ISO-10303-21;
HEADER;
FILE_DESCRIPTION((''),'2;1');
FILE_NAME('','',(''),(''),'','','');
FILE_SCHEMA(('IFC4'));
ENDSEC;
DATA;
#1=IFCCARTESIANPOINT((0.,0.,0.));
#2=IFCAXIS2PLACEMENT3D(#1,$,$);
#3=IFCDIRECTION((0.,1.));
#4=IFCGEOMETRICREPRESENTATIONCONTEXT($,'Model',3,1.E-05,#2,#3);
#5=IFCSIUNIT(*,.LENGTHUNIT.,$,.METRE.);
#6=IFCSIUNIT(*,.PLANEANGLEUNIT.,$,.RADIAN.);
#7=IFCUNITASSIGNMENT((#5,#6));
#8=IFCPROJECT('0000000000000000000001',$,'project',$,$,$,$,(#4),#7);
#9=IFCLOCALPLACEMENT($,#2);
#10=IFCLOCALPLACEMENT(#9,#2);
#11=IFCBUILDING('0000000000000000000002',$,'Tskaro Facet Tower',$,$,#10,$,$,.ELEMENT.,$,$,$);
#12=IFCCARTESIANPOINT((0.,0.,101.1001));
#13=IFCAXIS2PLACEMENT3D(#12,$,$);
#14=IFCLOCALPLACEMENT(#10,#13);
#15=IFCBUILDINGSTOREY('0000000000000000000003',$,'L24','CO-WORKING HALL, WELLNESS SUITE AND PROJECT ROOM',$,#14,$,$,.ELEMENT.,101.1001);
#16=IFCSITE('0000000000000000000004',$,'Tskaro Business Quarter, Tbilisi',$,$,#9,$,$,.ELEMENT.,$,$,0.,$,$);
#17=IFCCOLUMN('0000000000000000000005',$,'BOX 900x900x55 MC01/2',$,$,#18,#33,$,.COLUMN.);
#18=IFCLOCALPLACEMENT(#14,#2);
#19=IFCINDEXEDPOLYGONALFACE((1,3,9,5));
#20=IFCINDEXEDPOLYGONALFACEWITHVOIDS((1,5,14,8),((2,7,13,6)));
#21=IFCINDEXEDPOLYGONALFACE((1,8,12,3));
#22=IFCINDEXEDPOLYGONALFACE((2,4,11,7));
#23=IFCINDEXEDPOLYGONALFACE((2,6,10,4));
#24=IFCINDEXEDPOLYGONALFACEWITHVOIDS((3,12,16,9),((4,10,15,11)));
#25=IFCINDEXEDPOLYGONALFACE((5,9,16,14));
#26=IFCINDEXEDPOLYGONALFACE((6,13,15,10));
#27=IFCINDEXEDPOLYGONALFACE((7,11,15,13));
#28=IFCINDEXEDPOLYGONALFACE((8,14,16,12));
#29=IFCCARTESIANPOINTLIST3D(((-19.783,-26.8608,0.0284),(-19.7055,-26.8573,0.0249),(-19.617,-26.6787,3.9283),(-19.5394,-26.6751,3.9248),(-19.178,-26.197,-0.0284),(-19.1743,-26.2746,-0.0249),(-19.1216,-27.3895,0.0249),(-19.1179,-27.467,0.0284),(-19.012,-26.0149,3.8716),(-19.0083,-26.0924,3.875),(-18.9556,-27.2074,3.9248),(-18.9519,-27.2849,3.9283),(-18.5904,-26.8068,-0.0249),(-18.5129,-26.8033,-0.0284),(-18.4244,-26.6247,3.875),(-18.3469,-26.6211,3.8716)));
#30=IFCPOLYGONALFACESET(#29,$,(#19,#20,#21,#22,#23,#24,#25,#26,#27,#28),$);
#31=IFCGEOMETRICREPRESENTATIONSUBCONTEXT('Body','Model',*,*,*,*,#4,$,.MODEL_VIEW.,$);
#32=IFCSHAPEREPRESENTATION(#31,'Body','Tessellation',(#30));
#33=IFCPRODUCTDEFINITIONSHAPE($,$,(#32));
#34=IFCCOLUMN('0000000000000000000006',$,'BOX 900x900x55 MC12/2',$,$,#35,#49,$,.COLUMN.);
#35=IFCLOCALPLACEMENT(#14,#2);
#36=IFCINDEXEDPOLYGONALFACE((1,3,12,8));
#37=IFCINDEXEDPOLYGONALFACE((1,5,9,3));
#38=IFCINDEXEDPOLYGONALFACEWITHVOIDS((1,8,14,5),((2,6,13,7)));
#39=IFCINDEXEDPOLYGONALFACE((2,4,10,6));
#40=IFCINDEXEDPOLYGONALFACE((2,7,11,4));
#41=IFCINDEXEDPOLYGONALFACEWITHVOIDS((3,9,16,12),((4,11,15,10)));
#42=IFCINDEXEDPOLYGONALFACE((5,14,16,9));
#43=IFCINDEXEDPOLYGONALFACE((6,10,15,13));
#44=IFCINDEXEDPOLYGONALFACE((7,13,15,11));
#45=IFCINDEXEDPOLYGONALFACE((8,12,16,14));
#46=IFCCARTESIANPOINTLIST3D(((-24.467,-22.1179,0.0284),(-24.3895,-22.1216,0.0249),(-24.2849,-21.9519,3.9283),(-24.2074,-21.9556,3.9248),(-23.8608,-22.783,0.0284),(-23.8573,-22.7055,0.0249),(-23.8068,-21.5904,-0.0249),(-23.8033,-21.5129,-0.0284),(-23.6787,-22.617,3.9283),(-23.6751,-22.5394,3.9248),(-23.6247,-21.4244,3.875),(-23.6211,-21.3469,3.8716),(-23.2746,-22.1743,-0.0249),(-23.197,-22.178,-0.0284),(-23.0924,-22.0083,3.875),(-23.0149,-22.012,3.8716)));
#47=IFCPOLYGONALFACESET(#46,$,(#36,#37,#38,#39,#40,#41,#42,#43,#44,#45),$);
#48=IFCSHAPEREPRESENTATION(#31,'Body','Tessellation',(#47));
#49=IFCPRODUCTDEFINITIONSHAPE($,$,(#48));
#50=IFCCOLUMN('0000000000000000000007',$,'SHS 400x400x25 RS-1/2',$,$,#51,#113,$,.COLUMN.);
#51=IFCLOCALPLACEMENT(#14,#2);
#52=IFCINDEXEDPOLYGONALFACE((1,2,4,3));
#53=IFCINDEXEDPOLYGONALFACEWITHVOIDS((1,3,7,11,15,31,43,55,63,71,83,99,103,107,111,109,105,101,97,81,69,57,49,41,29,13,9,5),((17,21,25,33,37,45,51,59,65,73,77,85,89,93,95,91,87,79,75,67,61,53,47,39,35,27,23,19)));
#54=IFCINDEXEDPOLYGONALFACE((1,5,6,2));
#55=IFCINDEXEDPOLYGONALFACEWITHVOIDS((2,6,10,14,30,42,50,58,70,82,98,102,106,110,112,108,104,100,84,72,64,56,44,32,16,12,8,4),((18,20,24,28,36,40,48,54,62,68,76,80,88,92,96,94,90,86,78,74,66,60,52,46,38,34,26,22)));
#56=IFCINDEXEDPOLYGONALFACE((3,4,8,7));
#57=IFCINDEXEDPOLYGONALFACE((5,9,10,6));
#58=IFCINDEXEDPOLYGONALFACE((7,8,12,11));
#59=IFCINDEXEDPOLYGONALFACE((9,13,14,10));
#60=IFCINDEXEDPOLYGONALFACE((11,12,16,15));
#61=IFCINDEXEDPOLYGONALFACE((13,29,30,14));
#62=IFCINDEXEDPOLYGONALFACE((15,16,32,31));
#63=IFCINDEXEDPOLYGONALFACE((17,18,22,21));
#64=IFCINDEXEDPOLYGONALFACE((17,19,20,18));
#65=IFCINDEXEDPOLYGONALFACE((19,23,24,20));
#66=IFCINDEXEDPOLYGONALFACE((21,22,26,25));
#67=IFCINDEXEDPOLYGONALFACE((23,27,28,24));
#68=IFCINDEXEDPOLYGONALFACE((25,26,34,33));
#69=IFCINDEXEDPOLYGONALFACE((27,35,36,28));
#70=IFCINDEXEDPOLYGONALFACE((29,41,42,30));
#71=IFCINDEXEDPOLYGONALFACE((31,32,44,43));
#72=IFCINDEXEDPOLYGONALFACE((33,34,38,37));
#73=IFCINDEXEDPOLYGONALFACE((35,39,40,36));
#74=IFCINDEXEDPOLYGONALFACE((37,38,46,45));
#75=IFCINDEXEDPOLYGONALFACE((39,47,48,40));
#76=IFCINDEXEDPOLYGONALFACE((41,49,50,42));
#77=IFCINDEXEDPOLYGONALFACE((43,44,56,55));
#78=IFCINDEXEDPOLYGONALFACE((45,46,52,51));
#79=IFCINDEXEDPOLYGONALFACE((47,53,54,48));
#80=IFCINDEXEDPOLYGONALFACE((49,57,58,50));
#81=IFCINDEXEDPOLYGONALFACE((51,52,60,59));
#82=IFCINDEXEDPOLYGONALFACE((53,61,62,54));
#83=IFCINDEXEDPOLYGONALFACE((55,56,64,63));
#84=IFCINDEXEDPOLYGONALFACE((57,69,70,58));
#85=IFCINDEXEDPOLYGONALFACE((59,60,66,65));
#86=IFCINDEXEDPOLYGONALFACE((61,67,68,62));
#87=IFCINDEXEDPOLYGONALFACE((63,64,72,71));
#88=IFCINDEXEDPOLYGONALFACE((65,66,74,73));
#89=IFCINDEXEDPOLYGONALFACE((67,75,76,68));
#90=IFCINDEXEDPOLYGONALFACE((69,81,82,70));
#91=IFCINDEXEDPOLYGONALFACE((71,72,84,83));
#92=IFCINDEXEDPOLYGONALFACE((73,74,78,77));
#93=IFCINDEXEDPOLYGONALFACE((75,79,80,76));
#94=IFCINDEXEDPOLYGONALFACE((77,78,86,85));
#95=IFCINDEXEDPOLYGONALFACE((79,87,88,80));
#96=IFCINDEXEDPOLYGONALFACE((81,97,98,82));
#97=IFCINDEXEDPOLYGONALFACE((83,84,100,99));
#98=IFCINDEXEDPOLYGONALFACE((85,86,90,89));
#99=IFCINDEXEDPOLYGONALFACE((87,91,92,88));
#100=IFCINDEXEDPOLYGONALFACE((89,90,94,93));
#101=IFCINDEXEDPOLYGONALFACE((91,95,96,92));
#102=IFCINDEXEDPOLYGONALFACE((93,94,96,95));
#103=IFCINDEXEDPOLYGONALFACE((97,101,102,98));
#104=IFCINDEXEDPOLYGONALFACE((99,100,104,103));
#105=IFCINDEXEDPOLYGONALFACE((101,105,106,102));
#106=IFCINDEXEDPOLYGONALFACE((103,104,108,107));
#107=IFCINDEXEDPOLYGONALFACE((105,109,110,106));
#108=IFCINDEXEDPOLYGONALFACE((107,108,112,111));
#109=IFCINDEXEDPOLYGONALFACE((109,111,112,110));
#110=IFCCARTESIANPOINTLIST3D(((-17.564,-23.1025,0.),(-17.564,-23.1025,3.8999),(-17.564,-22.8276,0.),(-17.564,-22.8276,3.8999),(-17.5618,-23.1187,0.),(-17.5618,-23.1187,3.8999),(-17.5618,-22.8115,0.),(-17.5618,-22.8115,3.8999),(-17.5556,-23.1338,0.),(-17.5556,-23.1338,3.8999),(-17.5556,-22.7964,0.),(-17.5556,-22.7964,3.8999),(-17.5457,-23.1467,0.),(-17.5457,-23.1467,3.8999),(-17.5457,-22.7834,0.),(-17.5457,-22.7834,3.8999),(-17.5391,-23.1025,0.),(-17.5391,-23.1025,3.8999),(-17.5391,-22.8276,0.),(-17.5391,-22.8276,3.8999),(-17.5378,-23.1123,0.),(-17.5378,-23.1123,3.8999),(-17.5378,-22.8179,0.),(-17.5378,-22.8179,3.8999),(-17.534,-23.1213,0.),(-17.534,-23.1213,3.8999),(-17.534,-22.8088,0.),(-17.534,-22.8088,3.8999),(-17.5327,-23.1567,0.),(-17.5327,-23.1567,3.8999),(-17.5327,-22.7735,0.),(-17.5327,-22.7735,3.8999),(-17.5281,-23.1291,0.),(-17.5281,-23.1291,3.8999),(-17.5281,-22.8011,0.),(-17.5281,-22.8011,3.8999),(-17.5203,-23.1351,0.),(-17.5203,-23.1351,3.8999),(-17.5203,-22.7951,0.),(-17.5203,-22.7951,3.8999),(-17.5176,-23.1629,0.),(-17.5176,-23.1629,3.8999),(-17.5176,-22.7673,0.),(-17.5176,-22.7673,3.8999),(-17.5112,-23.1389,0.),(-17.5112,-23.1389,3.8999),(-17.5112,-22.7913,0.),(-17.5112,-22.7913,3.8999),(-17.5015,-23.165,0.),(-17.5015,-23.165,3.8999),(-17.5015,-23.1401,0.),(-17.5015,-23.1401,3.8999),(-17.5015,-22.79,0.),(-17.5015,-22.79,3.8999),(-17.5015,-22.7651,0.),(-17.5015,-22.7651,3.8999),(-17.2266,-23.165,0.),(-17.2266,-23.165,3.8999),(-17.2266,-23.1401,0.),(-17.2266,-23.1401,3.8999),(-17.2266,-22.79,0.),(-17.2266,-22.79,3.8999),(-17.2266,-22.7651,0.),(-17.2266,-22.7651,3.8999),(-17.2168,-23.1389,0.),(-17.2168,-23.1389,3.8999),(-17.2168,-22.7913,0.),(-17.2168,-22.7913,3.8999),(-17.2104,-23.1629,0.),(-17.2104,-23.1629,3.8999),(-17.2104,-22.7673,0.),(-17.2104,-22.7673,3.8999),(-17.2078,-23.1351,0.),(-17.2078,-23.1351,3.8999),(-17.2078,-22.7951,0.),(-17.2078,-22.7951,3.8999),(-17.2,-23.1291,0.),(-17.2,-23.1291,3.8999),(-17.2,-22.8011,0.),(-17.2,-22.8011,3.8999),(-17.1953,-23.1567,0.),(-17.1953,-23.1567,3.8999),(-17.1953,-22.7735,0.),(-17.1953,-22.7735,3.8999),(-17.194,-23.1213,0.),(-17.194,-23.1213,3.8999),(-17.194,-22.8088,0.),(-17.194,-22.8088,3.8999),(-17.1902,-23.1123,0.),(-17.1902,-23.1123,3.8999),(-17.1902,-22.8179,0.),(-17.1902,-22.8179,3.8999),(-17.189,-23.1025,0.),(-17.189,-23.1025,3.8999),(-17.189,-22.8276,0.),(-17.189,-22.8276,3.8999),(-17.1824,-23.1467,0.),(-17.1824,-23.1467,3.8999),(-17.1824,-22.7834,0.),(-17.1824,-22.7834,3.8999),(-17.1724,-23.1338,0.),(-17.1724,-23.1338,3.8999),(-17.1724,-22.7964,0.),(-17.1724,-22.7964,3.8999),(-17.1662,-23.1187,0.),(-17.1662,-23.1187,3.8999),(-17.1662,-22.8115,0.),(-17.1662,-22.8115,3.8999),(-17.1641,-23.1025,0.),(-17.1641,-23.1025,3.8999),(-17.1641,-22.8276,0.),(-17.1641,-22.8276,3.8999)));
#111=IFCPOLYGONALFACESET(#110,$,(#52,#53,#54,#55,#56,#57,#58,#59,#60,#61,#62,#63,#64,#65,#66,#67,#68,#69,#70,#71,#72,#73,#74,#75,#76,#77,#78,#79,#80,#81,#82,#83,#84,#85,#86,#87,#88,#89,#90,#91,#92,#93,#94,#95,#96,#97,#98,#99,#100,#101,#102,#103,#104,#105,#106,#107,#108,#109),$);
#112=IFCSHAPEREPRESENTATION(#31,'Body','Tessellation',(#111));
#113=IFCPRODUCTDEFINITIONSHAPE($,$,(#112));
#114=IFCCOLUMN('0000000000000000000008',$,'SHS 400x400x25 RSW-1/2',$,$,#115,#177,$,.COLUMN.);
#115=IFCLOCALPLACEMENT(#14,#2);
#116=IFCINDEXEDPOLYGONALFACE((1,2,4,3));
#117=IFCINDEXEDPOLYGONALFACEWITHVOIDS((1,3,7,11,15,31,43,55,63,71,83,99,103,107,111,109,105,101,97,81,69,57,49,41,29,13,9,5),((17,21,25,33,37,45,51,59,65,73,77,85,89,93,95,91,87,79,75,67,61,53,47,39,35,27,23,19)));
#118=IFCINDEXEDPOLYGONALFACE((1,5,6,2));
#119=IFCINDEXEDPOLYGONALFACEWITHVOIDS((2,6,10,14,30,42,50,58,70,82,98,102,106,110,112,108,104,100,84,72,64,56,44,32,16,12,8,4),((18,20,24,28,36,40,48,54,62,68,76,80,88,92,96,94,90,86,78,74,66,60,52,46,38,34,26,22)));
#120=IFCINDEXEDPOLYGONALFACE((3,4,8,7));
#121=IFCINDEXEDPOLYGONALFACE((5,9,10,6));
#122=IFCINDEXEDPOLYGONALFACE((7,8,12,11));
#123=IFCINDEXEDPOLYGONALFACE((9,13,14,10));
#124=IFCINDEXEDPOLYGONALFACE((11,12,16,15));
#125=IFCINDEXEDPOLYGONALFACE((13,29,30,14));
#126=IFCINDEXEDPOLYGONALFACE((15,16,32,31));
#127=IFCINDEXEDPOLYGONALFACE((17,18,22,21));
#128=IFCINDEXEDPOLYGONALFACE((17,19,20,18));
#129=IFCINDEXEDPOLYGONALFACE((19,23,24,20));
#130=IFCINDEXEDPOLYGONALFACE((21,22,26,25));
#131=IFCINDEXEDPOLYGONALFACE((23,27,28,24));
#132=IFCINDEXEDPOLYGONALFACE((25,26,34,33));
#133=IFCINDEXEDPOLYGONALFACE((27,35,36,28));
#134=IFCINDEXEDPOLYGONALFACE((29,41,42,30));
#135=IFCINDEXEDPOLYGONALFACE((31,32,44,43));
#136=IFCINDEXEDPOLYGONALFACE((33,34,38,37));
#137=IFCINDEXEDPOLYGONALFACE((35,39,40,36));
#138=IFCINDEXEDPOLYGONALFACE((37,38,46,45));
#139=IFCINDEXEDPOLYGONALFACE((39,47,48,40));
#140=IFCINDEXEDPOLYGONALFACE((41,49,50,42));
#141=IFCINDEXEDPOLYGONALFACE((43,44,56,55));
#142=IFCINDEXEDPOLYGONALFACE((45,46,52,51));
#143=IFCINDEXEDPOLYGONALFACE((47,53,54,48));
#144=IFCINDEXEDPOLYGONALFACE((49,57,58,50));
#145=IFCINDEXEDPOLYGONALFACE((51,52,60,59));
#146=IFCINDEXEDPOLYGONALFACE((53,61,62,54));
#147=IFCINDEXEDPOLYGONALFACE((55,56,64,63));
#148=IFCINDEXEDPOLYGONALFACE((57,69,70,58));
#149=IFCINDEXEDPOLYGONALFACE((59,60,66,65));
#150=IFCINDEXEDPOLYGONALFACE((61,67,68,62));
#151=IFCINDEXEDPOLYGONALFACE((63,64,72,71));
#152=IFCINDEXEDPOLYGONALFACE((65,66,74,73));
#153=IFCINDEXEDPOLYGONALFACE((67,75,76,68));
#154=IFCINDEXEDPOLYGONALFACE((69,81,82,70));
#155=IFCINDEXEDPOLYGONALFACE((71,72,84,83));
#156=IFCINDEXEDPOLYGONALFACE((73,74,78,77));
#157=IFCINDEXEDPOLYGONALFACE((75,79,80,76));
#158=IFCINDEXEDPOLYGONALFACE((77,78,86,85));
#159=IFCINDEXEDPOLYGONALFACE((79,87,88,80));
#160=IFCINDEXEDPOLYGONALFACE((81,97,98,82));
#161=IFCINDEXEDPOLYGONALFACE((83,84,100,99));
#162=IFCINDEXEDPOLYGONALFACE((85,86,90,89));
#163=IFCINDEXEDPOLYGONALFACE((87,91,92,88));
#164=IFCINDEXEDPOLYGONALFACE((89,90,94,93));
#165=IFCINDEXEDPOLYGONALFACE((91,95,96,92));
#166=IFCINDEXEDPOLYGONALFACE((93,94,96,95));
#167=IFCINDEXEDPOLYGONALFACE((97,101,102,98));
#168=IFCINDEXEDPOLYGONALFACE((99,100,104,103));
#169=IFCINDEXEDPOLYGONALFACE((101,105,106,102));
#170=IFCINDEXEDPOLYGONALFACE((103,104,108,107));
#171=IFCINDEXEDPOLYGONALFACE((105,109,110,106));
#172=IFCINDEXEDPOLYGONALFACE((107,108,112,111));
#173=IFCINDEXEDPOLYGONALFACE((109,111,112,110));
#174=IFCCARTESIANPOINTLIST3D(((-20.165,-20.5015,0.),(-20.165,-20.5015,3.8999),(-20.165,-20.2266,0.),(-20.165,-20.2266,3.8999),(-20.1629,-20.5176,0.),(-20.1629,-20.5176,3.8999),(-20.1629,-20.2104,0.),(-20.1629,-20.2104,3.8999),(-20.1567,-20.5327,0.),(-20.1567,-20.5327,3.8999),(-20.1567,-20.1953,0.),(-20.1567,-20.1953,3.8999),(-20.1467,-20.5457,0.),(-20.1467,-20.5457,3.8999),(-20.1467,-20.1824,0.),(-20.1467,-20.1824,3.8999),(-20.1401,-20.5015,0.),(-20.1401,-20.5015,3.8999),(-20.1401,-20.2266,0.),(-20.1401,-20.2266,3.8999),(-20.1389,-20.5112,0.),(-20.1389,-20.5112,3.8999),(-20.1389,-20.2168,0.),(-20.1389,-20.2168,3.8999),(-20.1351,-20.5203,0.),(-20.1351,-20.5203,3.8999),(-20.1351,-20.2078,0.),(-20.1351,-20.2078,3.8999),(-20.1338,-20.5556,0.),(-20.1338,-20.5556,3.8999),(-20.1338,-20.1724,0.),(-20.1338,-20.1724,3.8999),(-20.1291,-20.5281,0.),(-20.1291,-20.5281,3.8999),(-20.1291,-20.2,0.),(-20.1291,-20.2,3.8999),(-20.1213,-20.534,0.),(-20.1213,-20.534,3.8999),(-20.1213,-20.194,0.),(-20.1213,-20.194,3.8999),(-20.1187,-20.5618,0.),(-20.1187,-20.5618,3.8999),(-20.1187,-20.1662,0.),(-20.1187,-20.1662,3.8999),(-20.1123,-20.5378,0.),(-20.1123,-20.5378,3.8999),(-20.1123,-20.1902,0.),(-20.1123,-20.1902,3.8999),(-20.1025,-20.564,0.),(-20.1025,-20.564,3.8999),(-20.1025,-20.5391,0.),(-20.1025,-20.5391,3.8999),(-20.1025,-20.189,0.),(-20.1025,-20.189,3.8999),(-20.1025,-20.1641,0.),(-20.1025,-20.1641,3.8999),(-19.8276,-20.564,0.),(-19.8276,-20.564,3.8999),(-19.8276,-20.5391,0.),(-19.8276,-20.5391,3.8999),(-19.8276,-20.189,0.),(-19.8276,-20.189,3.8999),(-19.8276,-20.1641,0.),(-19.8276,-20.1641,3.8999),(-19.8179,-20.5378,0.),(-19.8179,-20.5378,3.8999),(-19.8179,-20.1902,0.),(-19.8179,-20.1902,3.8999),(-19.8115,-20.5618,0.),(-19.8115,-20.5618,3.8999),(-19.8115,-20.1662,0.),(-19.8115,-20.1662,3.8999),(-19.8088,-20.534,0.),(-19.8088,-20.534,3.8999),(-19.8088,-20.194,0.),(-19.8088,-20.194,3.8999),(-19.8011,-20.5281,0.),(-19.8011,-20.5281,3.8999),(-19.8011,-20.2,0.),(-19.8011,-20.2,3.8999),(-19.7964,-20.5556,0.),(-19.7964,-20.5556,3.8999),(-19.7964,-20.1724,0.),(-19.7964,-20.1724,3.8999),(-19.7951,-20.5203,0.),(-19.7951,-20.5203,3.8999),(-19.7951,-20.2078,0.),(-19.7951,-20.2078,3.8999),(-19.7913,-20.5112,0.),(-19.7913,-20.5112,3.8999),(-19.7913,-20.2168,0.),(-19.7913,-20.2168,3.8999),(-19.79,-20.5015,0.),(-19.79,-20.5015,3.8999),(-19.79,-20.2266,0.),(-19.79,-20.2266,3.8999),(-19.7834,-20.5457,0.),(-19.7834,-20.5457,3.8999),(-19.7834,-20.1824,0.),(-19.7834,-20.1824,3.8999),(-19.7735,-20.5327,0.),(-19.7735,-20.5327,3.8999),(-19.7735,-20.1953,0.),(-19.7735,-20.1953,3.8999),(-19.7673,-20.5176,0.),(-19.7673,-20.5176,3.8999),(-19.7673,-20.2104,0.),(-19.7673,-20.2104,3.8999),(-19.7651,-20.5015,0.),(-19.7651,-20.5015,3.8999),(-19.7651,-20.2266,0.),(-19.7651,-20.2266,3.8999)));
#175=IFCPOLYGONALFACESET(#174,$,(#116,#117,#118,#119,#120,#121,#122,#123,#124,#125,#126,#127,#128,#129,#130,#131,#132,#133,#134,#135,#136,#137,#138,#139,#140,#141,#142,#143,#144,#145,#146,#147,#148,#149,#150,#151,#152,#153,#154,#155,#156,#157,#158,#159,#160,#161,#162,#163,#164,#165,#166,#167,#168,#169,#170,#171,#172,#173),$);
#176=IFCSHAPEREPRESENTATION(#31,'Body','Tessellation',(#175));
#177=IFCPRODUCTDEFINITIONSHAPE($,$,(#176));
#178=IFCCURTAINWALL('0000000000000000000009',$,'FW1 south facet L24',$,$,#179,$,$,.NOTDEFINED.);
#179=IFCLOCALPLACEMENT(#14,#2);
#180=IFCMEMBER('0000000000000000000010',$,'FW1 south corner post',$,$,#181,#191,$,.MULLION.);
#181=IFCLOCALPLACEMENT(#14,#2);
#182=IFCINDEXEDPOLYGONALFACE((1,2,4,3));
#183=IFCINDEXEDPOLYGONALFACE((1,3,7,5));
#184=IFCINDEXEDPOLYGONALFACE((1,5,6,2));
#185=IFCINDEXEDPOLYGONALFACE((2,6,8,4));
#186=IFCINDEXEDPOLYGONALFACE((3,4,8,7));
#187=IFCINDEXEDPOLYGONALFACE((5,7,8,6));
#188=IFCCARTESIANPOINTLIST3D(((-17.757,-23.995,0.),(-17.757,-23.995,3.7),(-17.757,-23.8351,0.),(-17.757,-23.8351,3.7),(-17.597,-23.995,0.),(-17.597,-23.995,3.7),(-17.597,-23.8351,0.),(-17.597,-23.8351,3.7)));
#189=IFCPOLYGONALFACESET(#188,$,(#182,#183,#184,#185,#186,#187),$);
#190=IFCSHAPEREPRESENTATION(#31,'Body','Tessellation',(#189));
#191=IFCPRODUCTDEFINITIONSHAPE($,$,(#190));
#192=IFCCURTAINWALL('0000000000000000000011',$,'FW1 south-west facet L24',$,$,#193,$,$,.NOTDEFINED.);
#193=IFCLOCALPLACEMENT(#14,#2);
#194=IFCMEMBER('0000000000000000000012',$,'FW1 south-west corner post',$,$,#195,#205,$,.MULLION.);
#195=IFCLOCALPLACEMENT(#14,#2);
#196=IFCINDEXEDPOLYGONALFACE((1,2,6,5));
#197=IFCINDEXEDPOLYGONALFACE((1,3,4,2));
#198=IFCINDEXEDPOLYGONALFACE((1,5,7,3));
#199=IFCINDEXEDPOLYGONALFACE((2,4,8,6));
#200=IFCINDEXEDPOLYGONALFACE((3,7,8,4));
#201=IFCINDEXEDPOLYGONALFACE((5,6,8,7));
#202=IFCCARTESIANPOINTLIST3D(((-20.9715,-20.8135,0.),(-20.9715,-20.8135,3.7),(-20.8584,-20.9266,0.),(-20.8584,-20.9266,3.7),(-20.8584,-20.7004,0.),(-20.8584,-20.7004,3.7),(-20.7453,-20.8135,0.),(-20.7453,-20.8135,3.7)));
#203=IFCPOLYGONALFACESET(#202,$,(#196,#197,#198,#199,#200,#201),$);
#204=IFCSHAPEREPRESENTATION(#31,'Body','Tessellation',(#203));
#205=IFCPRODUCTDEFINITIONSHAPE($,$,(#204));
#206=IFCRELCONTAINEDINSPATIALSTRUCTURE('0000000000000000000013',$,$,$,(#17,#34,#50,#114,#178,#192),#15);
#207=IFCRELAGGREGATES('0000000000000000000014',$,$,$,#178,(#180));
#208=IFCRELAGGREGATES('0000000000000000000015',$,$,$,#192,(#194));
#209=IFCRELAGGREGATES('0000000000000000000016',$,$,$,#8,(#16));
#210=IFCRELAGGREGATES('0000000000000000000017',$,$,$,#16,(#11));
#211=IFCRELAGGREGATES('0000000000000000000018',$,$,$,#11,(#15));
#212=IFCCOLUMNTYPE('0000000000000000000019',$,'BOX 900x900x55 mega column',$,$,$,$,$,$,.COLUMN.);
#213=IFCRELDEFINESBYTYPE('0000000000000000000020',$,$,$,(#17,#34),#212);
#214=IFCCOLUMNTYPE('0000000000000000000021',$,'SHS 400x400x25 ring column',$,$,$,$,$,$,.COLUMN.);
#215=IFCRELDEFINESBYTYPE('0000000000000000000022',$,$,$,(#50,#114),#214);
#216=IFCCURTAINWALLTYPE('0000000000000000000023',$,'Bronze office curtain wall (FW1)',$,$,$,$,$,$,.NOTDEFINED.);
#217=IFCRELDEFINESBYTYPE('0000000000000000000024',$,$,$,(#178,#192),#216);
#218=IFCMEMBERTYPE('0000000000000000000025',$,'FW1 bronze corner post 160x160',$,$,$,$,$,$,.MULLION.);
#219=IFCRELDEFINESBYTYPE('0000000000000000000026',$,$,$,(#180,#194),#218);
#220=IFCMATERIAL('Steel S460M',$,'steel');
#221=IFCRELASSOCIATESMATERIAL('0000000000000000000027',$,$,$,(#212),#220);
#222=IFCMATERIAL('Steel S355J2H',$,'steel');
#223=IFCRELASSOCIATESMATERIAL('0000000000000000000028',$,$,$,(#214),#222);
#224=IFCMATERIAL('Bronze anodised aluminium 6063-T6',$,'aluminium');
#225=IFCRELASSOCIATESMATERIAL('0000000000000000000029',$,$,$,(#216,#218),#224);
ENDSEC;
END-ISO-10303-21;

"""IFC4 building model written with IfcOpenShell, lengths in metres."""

from ifc_helpers import new_model, si_unit, direction, frame, origin, origin_2d, place, context, subcontext, project, spatial, rectangle, hollow_rectangle, extrude, material, material_profile, profile_set, type_object, element, aggregate, save


model = new_model("IFC4")

# Units and contexts
model_context = context("Model", 3, precision=1e-05, world=origin(), true_north=direction((0.0, 1.0)))
body_context = subcontext(model_context, "Body", "Model", "MODEL_VIEW")
ifc_project = project(units=[si_unit("LENGTHUNIT", "METRE"), si_unit("PLANEANGLEUNIT", "RADIAN")], contexts=[model_context])

# Site, building, storey
site_placement = place(None, origin())
site = spatial("IfcSite", under=ifc_project, at=site_placement, Name="Tskaro Business Quarter, Tbilisi", CompositionType="ELEMENT", RefElevation=0.0)
building_placement = place(site_placement, origin())
building = spatial("IfcBuilding", under=site, at=building_placement, Name="Tskaro Facet Tower", CompositionType="ELEMENT")
storey_placement = place(building_placement, frame((0.0, 0.0, 101.1001)))
storey = spatial("IfcBuildingStorey", under=building, at=storey_placement, Name="L24", Description="CO-WORKING HALL, WELLNESS SUITE AND PROJECT ROOM", CompositionType="ELEMENT", Elevation=101.1001)

# Columns
ifc_material_1 = material(Name="Steel S460M", Category="steel")
ifc_material_profile_1 = material_profile(ifc_material_1, hollow_rectangle(XDim=0.8999, YDim=0.8999, WallThickness=0.0549, at=origin_2d()), Name="BOX 900x900x55")
ifc_profile_set_1 = profile_set([ifc_material_profile_1], Name="Steel S460M")
column_type_1 = type_object("IfcColumnType", Name="BOX 900x900x55 mega column", PredefinedType="COLUMN", material=ifc_profile_set_1)
for number, where, z_axis, x_axis, name in (
    (1, (-19.1479, -26.832, 0.0), (0.042484, 0.046608, 0.998009), (-0.739043, 0.673658, 0.0), "BOX 900x900x55 MC01/2"),
    (2, (-23.832, -22.1479, 0.0), (0.046608, 0.042484, 0.998009), (-0.673658, 0.739043, 0.0), "BOX 900x900x55 MC12/2"),
):
    element("IfcColumn", number, at=place(storey_placement, frame(where, z_axis=z_axis, x_axis=x_axis)), inside=storey, type_object=column_type_1, Name=name, PredefinedType="COLUMN", context=body_context, shape_type="SweptSolid", body=[
        extrude(hollow_rectangle(XDim=0.8999, YDim=0.8999, WallThickness=0.0549, at=origin_2d()), origin(), (0.0, 0.0, 1.0), 3.9077),
    ])
ifc_material_2 = material(Name="Steel S355J2H", Category="steel")
ifc_material_profile_2 = material_profile(ifc_material_2, hollow_rectangle(XDim=0.3999, YDim=0.3999, WallThickness=0.0249, InnerFilletRadius=0.0376, OuterFilletRadius=0.0625, at=origin_2d()), Name="SHS 400x400x25")
ifc_profile_set_2 = profile_set([ifc_material_profile_2], Name="Steel S355J2H")
column_type_2 = type_object("IfcColumnType", Name="SHS 400x400x25 ring column", PredefinedType="COLUMN", material=ifc_profile_set_2)
for number, where, z_axis, x_axis, name in (
    (3, (-17.364, -22.9651, 0.0), (0.0, 0.0, 1.0), (1.0, 0.0, 0.0), "SHS 400x400x25 RS-1/2"),
    (4, (-19.9651, -20.364, 0.0), (0.0, 0.0, 1.0), (1.0, 0.0, 0.0), "SHS 400x400x25 RSW-1/2"),
):
    element("IfcColumn", number, at=place(storey_placement, frame(where, z_axis=z_axis, x_axis=x_axis)), inside=storey, type_object=column_type_2, Name=name, PredefinedType="COLUMN", context=body_context, shape_type="SweptSolid", body=[
        extrude(hollow_rectangle(XDim=0.3999, YDim=0.3999, WallThickness=0.0249, InnerFilletRadius=0.0376, OuterFilletRadius=0.0625, at=origin_2d()), origin(), (0.0, 0.0, 1.0), 3.8999),
    ])

# Curtain walls, members
ifc_material_3 = material(Name="Bronze anodised aluminium 6063-T6", Category="aluminium")
curtain_wall_type = type_object("IfcCurtainWallType", Name="Bronze office curtain wall (FW1)", PredefinedType="NOTDEFINED", material=ifc_material_3)
curtain_wall_1_placement = place(storey_placement, origin())
curtain_wall_1 = element("IfcCurtainWall", 5, at=curtain_wall_1_placement, inside=storey, type_object=curtain_wall_type, Name="FW1 south facet L24", PredefinedType="NOTDEFINED")
ifc_material_profile_3 = material_profile(ifc_material_3, rectangle(XDim=0.1599, YDim=0.1599, at=origin_2d()), Name="Corner post 160x160")
ifc_profile_set_3 = profile_set([ifc_material_profile_3], Name="Bronze anodised aluminium 6063-T6")
member_type_1 = type_object("IfcMemberType", Name="FW1 bronze corner post 160x160", PredefinedType="MULLION", material=ifc_profile_set_3)
member_1_placement = place(storey_placement, frame((-17.677, -23.915, 0.0), z_axis=(0.0, 0.0, 1.0), x_axis=(1.0, 0.0, 0.0)))
member_1 = element("IfcMember", 6, at=member_1_placement, type_object=member_type_1, Name="FW1 south corner post", PredefinedType="MULLION", context=body_context, shape_type="SweptSolid", body=[
    extrude(rectangle(XDim=0.1599, YDim=0.1599, at=origin_2d()), origin(), (0.0, 0.0, 1.0), 3.7),
])
curtain_wall_2_placement = place(storey_placement, origin())
curtain_wall_2 = element("IfcCurtainWall", 7, at=curtain_wall_2_placement, inside=storey, type_object=curtain_wall_type, Name="FW1 south-west facet L24", PredefinedType="NOTDEFINED")
member_2_placement = place(storey_placement, frame((-20.8584, -20.8135, 0.0), z_axis=(0.0, 0.0, 1.0), x_axis=(0.707107, -0.707107, 0.0)))
member_2 = element("IfcMember", 8, at=member_2_placement, type_object=member_type_1, Name="FW1 south-west corner post", PredefinedType="MULLION", context=body_context, shape_type="SweptSolid", body=[
    extrude(rectangle(XDim=0.1599, YDim=0.1599, at=origin_2d()), origin(), (0.0, 0.0, 1.0), 3.7),
])

aggregate(curtain_wall_1, [member_1])
aggregate(curtain_wall_2, [member_2])

save(model, "model.ifc")
